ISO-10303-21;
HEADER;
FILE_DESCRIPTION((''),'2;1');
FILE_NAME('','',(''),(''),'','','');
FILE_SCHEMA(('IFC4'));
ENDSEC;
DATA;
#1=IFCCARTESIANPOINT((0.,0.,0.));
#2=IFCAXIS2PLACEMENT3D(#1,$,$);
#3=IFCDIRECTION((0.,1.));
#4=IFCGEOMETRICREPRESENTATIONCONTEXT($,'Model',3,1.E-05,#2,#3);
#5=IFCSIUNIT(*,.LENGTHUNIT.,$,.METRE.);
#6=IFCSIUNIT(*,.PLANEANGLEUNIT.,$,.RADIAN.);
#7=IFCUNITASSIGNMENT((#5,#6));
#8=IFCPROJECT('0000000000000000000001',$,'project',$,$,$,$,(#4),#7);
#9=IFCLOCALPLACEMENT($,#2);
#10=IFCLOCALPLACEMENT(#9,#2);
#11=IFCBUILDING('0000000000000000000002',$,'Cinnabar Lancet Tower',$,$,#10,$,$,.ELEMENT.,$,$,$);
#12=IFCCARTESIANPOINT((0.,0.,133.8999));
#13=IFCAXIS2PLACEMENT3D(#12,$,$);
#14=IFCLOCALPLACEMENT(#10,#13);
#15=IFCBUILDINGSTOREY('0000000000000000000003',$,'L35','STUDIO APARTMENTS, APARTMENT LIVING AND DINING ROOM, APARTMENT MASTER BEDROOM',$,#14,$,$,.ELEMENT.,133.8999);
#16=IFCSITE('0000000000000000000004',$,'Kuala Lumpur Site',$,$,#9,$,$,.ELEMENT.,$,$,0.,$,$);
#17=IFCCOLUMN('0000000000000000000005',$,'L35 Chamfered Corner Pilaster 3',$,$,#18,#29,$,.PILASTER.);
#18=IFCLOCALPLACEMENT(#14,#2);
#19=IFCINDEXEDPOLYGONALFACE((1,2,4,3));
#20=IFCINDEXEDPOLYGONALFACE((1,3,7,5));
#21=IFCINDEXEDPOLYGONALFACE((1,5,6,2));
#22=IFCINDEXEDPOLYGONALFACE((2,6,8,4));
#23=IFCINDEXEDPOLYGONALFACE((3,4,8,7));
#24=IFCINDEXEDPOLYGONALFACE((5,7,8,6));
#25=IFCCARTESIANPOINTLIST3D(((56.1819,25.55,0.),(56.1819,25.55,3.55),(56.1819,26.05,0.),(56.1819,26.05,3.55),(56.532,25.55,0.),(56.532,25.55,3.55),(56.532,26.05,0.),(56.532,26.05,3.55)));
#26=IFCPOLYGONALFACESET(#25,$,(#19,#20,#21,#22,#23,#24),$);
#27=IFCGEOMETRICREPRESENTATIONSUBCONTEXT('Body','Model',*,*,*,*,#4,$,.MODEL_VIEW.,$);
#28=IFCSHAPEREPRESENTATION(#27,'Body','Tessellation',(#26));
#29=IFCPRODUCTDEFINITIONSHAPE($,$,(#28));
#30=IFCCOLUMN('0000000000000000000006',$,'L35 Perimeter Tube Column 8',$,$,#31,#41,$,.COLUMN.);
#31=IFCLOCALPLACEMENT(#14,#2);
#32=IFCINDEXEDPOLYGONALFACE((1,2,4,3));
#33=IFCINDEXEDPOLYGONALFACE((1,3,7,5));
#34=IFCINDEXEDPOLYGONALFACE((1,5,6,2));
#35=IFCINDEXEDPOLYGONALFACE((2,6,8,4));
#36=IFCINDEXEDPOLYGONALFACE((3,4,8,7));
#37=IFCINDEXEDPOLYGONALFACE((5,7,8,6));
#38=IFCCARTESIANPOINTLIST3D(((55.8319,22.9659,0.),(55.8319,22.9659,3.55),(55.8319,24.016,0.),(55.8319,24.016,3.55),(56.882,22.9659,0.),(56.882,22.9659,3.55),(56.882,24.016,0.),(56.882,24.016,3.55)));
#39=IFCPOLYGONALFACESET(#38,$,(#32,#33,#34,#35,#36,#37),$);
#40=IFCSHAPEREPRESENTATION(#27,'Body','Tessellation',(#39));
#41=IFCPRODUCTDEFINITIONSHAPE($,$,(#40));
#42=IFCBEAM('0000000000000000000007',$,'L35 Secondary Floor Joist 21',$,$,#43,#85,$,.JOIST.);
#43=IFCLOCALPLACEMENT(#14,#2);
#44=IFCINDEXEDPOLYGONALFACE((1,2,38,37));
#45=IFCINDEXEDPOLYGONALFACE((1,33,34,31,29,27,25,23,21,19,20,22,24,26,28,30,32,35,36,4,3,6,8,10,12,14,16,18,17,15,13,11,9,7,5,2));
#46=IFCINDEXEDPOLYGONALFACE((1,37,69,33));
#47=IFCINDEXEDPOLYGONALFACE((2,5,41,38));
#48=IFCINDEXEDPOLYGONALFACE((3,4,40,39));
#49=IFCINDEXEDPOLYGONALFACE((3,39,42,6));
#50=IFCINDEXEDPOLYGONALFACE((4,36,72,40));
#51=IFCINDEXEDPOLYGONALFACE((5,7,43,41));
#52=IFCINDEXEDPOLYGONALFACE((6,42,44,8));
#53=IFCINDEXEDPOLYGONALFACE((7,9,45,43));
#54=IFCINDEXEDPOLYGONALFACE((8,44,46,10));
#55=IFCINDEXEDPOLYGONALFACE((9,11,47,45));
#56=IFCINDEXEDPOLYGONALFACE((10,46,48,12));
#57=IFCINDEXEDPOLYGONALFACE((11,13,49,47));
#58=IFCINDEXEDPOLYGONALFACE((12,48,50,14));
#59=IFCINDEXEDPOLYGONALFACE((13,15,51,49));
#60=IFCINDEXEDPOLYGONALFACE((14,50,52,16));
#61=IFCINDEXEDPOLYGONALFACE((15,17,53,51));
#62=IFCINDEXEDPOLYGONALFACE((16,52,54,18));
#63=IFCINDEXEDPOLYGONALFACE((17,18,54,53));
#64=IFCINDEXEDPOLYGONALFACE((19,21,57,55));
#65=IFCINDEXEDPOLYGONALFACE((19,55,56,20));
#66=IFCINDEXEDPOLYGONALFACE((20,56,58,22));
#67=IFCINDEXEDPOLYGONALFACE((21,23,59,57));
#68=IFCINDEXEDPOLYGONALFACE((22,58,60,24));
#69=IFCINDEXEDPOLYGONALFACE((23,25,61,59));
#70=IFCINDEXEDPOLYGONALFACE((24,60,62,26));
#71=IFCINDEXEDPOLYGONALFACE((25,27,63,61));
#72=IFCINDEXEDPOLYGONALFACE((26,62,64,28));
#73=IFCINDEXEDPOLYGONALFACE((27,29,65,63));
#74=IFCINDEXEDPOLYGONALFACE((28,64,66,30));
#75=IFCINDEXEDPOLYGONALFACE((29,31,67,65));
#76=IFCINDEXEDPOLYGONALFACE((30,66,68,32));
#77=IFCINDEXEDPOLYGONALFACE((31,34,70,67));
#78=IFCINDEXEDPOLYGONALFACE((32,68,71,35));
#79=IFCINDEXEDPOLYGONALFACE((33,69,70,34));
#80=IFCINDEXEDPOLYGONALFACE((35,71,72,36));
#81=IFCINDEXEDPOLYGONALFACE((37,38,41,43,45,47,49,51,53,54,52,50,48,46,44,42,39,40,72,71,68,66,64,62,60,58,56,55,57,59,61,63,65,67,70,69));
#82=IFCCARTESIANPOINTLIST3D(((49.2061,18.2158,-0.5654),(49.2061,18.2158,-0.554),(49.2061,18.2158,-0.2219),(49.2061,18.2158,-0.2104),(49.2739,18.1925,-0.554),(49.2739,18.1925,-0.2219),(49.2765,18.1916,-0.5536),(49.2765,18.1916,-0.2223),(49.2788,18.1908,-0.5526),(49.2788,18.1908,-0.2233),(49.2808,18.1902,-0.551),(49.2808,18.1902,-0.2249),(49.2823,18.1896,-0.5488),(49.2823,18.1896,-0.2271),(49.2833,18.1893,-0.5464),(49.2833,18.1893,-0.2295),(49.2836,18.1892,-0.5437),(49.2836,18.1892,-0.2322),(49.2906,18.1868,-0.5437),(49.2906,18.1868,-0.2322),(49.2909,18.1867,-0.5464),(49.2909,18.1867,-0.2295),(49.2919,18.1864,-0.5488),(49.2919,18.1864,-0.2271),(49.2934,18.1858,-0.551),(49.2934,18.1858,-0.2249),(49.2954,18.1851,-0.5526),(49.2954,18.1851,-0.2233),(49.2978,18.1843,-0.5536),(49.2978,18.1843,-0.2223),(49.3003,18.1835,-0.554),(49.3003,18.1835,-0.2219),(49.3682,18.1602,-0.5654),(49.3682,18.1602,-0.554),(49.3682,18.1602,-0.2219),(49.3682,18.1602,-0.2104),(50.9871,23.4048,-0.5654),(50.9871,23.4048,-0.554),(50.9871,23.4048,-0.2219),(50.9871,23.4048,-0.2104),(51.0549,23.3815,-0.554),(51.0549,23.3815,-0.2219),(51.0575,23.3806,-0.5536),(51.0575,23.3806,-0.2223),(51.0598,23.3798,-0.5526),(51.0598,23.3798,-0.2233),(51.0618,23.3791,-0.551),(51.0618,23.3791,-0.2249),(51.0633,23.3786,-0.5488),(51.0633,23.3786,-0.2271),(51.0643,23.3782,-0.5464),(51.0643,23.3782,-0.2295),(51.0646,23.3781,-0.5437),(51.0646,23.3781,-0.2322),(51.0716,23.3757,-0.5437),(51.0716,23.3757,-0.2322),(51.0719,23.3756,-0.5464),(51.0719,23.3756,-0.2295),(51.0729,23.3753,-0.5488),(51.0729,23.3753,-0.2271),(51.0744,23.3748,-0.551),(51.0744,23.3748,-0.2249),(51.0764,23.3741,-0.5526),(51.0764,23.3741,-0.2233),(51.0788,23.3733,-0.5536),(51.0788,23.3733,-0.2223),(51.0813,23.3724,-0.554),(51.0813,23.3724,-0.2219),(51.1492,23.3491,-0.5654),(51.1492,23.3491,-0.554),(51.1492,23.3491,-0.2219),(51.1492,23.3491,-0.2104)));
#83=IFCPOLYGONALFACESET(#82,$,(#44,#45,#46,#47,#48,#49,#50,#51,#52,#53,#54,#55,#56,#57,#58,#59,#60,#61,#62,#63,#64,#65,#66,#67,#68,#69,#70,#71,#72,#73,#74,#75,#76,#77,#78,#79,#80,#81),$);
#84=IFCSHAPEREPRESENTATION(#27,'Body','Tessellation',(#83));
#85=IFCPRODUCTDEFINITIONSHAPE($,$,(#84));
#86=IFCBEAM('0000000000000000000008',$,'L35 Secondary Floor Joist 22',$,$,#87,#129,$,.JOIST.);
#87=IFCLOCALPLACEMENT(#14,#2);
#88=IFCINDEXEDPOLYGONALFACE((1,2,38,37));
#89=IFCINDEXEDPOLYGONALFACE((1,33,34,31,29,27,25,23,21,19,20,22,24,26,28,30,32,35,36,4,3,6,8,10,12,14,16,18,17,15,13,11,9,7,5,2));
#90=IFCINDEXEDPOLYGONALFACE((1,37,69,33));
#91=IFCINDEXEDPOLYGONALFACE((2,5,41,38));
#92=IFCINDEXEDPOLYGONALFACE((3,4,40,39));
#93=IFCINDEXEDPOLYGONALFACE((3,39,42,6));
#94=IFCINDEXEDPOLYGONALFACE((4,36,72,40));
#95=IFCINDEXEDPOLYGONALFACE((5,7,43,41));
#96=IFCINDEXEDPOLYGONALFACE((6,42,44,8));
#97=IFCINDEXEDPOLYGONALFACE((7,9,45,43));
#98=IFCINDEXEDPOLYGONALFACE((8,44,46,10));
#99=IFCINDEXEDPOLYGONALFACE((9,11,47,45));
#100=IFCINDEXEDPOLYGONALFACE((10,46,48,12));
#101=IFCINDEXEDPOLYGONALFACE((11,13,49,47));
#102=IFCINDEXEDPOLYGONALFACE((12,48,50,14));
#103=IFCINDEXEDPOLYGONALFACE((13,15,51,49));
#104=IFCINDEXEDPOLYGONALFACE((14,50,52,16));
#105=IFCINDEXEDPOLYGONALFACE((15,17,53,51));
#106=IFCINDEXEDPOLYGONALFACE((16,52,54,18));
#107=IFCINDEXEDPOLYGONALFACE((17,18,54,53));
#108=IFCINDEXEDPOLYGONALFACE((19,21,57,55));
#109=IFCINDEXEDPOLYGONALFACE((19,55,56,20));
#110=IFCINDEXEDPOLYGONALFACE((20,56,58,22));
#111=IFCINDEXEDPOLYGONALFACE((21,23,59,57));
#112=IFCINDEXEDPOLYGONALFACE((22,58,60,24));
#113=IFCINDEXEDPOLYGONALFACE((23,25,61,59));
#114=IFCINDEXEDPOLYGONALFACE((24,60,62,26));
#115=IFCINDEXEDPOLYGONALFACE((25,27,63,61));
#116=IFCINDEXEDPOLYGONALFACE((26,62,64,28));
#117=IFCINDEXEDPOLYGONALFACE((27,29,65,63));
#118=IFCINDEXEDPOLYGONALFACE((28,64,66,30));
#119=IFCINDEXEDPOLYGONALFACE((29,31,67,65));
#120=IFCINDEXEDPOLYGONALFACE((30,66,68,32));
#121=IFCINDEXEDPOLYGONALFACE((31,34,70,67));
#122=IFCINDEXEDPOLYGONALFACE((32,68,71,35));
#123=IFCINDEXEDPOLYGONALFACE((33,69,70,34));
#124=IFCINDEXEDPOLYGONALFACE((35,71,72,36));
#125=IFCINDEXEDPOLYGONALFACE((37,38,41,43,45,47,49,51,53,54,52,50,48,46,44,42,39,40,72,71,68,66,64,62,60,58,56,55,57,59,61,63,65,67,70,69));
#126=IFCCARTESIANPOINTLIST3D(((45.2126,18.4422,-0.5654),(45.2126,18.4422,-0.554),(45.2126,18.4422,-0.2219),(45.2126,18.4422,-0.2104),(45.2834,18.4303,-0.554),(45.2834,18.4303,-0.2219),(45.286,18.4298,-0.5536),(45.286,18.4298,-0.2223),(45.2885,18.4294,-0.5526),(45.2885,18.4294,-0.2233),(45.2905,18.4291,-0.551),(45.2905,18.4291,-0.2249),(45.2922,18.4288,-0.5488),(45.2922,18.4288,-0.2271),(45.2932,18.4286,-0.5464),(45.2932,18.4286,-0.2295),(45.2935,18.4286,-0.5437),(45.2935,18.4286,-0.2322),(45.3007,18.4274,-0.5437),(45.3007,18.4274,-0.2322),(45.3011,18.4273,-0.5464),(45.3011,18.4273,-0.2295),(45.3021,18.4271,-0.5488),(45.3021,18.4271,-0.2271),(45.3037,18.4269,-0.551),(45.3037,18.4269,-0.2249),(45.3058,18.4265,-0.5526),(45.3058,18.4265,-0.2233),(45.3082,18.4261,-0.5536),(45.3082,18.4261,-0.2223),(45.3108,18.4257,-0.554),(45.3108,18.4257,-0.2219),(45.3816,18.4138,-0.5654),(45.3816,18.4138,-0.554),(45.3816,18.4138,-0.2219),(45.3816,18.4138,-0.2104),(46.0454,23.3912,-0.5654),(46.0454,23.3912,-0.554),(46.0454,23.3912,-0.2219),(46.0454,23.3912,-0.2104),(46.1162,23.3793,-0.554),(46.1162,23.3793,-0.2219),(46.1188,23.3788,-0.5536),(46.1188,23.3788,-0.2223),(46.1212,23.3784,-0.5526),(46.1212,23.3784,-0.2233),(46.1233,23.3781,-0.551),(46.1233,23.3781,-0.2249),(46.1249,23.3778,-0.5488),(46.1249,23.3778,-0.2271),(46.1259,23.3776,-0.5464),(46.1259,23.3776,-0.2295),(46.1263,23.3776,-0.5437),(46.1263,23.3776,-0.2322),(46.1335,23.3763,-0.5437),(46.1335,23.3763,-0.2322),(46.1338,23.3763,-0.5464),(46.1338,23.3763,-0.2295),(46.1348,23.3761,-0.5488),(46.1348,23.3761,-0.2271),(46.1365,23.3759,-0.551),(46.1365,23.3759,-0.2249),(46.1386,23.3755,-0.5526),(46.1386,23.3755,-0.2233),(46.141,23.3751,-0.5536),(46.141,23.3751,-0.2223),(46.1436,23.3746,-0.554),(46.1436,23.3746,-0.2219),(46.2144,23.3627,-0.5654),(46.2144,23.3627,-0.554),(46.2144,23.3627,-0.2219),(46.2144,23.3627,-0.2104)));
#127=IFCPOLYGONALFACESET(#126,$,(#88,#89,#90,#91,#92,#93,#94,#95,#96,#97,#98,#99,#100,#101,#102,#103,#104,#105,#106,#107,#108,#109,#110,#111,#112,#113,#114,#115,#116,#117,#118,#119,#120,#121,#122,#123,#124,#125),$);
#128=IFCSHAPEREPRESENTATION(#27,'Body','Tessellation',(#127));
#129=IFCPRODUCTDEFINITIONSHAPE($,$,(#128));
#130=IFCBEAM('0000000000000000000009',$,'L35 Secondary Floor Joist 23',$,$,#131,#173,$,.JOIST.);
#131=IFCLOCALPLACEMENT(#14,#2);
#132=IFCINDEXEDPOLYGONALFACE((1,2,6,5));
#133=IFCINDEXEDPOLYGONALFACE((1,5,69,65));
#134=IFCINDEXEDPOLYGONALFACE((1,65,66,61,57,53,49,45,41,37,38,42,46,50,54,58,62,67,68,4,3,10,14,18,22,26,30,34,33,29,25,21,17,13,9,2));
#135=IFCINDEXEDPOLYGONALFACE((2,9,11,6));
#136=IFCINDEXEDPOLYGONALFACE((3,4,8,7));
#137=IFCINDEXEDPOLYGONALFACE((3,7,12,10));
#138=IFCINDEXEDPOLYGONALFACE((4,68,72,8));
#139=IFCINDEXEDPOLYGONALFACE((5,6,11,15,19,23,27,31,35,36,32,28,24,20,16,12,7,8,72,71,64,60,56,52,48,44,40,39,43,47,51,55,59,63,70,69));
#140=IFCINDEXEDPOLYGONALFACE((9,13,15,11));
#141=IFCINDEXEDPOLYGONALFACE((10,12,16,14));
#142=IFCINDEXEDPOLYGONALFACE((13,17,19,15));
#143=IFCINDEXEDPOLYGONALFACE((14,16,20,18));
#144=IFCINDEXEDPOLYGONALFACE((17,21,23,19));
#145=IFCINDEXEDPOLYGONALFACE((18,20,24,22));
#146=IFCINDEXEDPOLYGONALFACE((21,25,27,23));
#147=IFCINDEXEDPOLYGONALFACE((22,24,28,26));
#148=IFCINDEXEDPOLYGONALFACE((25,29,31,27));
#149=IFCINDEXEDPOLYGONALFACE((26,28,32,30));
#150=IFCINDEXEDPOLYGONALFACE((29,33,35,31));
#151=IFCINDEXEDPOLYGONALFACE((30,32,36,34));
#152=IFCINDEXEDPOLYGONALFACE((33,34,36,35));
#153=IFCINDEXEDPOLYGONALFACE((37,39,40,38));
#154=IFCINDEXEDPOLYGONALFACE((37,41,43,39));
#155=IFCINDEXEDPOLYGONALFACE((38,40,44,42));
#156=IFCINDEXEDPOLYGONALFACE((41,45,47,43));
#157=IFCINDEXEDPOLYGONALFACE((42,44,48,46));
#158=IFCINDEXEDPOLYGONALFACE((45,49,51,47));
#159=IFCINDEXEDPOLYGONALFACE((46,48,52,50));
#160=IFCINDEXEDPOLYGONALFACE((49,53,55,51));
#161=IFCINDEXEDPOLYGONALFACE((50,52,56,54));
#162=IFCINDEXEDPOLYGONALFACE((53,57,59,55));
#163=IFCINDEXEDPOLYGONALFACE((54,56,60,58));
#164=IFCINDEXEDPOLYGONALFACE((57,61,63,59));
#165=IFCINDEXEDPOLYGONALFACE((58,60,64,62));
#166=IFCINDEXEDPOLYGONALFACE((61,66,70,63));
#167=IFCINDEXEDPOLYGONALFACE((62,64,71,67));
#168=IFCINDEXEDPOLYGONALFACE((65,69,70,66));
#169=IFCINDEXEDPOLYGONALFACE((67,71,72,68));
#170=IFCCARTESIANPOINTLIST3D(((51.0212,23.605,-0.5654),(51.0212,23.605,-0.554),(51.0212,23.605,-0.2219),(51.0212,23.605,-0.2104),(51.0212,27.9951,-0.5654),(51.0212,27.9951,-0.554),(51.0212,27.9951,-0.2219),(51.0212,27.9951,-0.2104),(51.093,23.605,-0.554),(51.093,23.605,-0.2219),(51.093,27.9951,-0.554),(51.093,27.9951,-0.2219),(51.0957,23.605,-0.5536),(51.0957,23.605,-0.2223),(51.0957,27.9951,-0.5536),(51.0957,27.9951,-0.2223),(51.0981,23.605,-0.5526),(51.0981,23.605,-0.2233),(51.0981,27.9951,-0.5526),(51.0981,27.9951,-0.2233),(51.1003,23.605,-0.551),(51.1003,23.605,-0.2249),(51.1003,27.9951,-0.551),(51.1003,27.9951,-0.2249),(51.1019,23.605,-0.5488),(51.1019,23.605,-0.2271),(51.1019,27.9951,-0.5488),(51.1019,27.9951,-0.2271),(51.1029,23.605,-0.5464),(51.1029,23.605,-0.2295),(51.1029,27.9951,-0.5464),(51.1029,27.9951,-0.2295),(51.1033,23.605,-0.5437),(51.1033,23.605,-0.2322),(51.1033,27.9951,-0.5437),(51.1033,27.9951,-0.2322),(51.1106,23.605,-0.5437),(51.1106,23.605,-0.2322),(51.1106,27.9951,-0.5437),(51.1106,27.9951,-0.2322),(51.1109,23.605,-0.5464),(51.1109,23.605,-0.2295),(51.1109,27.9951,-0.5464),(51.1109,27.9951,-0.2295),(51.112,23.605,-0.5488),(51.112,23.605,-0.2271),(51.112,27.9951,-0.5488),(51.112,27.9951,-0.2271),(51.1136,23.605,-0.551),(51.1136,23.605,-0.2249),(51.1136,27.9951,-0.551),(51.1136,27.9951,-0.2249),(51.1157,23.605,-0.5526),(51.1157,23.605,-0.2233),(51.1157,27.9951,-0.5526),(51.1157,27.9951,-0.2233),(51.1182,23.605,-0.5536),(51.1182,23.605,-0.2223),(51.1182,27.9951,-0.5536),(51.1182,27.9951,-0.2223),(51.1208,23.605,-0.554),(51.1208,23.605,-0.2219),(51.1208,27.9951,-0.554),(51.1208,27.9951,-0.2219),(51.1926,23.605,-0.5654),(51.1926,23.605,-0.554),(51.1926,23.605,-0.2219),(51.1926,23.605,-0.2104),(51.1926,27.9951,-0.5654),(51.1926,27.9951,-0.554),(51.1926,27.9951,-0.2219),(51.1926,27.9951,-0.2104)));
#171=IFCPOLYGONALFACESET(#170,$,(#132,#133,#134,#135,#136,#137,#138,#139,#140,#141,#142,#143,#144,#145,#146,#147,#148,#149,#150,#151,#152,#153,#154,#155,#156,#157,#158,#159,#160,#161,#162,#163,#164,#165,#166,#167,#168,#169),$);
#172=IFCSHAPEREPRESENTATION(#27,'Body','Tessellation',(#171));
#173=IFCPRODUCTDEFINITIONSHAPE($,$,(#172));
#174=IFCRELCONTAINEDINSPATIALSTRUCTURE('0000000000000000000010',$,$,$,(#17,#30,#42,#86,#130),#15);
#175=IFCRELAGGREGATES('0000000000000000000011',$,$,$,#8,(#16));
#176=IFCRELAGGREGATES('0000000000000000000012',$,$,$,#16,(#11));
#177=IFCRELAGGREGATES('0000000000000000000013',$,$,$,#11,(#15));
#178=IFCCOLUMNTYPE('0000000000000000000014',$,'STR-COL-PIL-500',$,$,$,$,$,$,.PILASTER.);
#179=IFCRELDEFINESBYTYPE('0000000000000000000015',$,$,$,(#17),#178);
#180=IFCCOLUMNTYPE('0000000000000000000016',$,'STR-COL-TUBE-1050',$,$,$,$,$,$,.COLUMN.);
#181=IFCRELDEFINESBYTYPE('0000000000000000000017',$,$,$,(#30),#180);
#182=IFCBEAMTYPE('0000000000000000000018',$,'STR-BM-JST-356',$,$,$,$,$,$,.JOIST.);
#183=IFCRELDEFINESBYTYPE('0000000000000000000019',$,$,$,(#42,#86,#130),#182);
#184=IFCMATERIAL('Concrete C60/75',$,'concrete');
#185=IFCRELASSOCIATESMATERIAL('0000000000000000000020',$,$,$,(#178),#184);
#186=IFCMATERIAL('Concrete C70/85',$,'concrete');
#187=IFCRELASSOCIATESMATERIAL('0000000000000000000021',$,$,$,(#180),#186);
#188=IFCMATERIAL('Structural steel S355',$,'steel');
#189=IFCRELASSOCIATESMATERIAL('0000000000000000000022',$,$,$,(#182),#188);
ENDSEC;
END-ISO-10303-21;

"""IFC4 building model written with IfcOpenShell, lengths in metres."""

from ifc_helpers import new_model, si_unit, direction, frame, origin, origin_2d, place, context, subcontext, project, spatial, rectangle, i_section, extrude, material, material_profile, profile_set, type_object, element, save


model = new_model("IFC4")

# Units and contexts
model_context = context("Model", 3, precision=1e-05, world=origin(), true_north=direction((0.0, 1.0)))
body_context = subcontext(model_context, "Body", "Model", "MODEL_VIEW")
ifc_project = project(units=[si_unit("LENGTHUNIT", "METRE"), si_unit("PLANEANGLEUNIT", "RADIAN")], contexts=[model_context])

# Site, building, storey
site_placement = place(None, origin())
site = spatial("IfcSite", under=ifc_project, at=site_placement, Name="Kuala Lumpur Site", CompositionType="ELEMENT", RefElevation=0.0)
building_placement = place(site_placement, origin())
building = spatial("IfcBuilding", under=site, at=building_placement, Name="Cinnabar Lancet Tower", CompositionType="ELEMENT")
storey_placement = place(building_placement, frame((0.0, 0.0, 133.8999)))
storey = spatial("IfcBuildingStorey", under=building, at=storey_placement, Name="L35", Description="STUDIO APARTMENTS, APARTMENT LIVING AND DINING ROOM, APARTMENT MASTER BEDROOM", CompositionType="ELEMENT", Elevation=133.8999)

# Columns
ifc_material_1 = material(Name="Concrete C60/75", Category="concrete")
ifc_material_profile_1 = material_profile(ifc_material_1, rectangle(XDim=0.5, YDim=0.3501, at=origin_2d()), Name="RC-PIL 500x350")
ifc_profile_set_1 = profile_set([ifc_material_profile_1], Name="Concrete C60/75")
column_type_1 = type_object("IfcColumnType", Name="STR-COL-PIL-500", PredefinedType="PILASTER", material=ifc_profile_set_1)
column_1_placement = place(storey_placement, frame((56.3569, 25.8, 0.0), z_axis=(0.0, 0.0, 1.0), x_axis=(0.0, 1.0, 0.0)))
element("IfcColumn", 1, at=column_1_placement, inside=storey, type_object=column_type_1, Name="L35 Chamfered Corner Pilaster 3", PredefinedType="PILASTER", context=body_context, shape_type="SweptSolid", body=[
    extrude(rectangle(XDim=0.5, YDim=0.3501, at=origin_2d()), origin(), (0.0, 0.0, 1.0), 3.55),
])
ifc_material_2 = material(Name="Concrete C70/85", Category="concrete")
ifc_material_profile_2 = material_profile(ifc_material_2, rectangle(XDim=1.05, YDim=1.05, at=origin_2d()), Name="RC-COL 1050x1050")
ifc_profile_set_2 = profile_set([ifc_material_profile_2], Name="Concrete C70/85")
column_type_2 = type_object("IfcColumnType", Name="STR-COL-TUBE-1050", PredefinedType="COLUMN", material=ifc_profile_set_2)
column_2_placement = place(storey_placement, frame((56.3569, 23.491, 0.0), z_axis=(0.0, 0.0, 1.0), x_axis=(1.0, 0.0, 0.0)))
element("IfcColumn", 2, at=column_2_placement, inside=storey, type_object=column_type_2, Name="L35 Perimeter Tube Column 8", PredefinedType="COLUMN", context=body_context, shape_type="SweptSolid", body=[
    extrude(rectangle(XDim=1.05, YDim=1.05, at=origin_2d()), origin(), (0.0, 0.0, 1.0), 3.55),
])

# Beams
ifc_material_3 = material(Name="Structural steel S355", Category="steel")
ifc_material_profile_3 = material_profile(ifc_material_3, i_section(OverallWidth=0.1714, OverallDepth=0.355, WebThickness=0.0073, FlangeThickness=0.0115, FilletRadius=0.0103, at=origin_2d()), Name="UKB 356x171x51")
ifc_profile_set_3 = profile_set([ifc_material_profile_3], Name="Structural steel S355")
beam_type_1 = type_object("IfcBeamType", Name="STR-BM-JST-356", PredefinedType="JOIST", material=ifc_profile_set_3)
beam_1_placement = place(storey_placement, frame((49.2871, 18.188, -0.3879), z_axis=(0.324639, 0.945838, 0.0), x_axis=(-0.945838, 0.324639, 0.0)))
element("IfcBeam", 3, at=beam_1_placement, inside=storey, type_object=beam_type_1, Name="L35 Secondary Floor Joist 21", PredefinedType="JOIST", context=body_context, shape_type="SweptSolid", body=[
    extrude(i_section(OverallWidth=0.1714, OverallDepth=0.355, WebThickness=0.0073, FlangeThickness=0.0115, FilletRadius=0.0103, at=origin_2d()), origin(), (0.0, 0.0, 1.0), 5.4861),
])
beam_2_placement = place(storey_placement, frame((45.2971, 18.428, -0.3879), z_axis=(0.165937, 0.986136, 0.0), x_axis=(-0.986136, 0.165937, 0.0)))
element("IfcBeam", 4, at=beam_2_placement, inside=storey, type_object=beam_type_1, Name="L35 Secondary Floor Joist 22", PredefinedType="JOIST", context=body_context, shape_type="SweptSolid", body=[
    extrude(i_section(OverallWidth=0.1714, OverallDepth=0.355, WebThickness=0.0073, FlangeThickness=0.0115, FilletRadius=0.0103, at=origin_2d()), origin(), (0.0, 0.0, 1.0), 5.0186),
])
for number, where, z_axis, x_axis, name in (
    (5, (51.1069, 23.605, -0.3879), (0.0, 1.0, 0.0), (-1.0, 0.0, 0.0), "L35 Secondary Floor Joist 23"),
):
    element("IfcBeam", number, at=place(storey_placement, frame(where, z_axis=z_axis, x_axis=x_axis)), inside=storey, type_object=beam_type_1, Name=name, PredefinedType="JOIST", context=body_context, shape_type="SweptSolid", body=[
        extrude(i_section(OverallWidth=0.1714, OverallDepth=0.355, WebThickness=0.0073, FlangeThickness=0.0115, FilletRadius=0.0103, at=origin_2d()), origin(), (0.0, 0.0, 1.0), 4.3901),
    ])

save(model, "model.ifc")
